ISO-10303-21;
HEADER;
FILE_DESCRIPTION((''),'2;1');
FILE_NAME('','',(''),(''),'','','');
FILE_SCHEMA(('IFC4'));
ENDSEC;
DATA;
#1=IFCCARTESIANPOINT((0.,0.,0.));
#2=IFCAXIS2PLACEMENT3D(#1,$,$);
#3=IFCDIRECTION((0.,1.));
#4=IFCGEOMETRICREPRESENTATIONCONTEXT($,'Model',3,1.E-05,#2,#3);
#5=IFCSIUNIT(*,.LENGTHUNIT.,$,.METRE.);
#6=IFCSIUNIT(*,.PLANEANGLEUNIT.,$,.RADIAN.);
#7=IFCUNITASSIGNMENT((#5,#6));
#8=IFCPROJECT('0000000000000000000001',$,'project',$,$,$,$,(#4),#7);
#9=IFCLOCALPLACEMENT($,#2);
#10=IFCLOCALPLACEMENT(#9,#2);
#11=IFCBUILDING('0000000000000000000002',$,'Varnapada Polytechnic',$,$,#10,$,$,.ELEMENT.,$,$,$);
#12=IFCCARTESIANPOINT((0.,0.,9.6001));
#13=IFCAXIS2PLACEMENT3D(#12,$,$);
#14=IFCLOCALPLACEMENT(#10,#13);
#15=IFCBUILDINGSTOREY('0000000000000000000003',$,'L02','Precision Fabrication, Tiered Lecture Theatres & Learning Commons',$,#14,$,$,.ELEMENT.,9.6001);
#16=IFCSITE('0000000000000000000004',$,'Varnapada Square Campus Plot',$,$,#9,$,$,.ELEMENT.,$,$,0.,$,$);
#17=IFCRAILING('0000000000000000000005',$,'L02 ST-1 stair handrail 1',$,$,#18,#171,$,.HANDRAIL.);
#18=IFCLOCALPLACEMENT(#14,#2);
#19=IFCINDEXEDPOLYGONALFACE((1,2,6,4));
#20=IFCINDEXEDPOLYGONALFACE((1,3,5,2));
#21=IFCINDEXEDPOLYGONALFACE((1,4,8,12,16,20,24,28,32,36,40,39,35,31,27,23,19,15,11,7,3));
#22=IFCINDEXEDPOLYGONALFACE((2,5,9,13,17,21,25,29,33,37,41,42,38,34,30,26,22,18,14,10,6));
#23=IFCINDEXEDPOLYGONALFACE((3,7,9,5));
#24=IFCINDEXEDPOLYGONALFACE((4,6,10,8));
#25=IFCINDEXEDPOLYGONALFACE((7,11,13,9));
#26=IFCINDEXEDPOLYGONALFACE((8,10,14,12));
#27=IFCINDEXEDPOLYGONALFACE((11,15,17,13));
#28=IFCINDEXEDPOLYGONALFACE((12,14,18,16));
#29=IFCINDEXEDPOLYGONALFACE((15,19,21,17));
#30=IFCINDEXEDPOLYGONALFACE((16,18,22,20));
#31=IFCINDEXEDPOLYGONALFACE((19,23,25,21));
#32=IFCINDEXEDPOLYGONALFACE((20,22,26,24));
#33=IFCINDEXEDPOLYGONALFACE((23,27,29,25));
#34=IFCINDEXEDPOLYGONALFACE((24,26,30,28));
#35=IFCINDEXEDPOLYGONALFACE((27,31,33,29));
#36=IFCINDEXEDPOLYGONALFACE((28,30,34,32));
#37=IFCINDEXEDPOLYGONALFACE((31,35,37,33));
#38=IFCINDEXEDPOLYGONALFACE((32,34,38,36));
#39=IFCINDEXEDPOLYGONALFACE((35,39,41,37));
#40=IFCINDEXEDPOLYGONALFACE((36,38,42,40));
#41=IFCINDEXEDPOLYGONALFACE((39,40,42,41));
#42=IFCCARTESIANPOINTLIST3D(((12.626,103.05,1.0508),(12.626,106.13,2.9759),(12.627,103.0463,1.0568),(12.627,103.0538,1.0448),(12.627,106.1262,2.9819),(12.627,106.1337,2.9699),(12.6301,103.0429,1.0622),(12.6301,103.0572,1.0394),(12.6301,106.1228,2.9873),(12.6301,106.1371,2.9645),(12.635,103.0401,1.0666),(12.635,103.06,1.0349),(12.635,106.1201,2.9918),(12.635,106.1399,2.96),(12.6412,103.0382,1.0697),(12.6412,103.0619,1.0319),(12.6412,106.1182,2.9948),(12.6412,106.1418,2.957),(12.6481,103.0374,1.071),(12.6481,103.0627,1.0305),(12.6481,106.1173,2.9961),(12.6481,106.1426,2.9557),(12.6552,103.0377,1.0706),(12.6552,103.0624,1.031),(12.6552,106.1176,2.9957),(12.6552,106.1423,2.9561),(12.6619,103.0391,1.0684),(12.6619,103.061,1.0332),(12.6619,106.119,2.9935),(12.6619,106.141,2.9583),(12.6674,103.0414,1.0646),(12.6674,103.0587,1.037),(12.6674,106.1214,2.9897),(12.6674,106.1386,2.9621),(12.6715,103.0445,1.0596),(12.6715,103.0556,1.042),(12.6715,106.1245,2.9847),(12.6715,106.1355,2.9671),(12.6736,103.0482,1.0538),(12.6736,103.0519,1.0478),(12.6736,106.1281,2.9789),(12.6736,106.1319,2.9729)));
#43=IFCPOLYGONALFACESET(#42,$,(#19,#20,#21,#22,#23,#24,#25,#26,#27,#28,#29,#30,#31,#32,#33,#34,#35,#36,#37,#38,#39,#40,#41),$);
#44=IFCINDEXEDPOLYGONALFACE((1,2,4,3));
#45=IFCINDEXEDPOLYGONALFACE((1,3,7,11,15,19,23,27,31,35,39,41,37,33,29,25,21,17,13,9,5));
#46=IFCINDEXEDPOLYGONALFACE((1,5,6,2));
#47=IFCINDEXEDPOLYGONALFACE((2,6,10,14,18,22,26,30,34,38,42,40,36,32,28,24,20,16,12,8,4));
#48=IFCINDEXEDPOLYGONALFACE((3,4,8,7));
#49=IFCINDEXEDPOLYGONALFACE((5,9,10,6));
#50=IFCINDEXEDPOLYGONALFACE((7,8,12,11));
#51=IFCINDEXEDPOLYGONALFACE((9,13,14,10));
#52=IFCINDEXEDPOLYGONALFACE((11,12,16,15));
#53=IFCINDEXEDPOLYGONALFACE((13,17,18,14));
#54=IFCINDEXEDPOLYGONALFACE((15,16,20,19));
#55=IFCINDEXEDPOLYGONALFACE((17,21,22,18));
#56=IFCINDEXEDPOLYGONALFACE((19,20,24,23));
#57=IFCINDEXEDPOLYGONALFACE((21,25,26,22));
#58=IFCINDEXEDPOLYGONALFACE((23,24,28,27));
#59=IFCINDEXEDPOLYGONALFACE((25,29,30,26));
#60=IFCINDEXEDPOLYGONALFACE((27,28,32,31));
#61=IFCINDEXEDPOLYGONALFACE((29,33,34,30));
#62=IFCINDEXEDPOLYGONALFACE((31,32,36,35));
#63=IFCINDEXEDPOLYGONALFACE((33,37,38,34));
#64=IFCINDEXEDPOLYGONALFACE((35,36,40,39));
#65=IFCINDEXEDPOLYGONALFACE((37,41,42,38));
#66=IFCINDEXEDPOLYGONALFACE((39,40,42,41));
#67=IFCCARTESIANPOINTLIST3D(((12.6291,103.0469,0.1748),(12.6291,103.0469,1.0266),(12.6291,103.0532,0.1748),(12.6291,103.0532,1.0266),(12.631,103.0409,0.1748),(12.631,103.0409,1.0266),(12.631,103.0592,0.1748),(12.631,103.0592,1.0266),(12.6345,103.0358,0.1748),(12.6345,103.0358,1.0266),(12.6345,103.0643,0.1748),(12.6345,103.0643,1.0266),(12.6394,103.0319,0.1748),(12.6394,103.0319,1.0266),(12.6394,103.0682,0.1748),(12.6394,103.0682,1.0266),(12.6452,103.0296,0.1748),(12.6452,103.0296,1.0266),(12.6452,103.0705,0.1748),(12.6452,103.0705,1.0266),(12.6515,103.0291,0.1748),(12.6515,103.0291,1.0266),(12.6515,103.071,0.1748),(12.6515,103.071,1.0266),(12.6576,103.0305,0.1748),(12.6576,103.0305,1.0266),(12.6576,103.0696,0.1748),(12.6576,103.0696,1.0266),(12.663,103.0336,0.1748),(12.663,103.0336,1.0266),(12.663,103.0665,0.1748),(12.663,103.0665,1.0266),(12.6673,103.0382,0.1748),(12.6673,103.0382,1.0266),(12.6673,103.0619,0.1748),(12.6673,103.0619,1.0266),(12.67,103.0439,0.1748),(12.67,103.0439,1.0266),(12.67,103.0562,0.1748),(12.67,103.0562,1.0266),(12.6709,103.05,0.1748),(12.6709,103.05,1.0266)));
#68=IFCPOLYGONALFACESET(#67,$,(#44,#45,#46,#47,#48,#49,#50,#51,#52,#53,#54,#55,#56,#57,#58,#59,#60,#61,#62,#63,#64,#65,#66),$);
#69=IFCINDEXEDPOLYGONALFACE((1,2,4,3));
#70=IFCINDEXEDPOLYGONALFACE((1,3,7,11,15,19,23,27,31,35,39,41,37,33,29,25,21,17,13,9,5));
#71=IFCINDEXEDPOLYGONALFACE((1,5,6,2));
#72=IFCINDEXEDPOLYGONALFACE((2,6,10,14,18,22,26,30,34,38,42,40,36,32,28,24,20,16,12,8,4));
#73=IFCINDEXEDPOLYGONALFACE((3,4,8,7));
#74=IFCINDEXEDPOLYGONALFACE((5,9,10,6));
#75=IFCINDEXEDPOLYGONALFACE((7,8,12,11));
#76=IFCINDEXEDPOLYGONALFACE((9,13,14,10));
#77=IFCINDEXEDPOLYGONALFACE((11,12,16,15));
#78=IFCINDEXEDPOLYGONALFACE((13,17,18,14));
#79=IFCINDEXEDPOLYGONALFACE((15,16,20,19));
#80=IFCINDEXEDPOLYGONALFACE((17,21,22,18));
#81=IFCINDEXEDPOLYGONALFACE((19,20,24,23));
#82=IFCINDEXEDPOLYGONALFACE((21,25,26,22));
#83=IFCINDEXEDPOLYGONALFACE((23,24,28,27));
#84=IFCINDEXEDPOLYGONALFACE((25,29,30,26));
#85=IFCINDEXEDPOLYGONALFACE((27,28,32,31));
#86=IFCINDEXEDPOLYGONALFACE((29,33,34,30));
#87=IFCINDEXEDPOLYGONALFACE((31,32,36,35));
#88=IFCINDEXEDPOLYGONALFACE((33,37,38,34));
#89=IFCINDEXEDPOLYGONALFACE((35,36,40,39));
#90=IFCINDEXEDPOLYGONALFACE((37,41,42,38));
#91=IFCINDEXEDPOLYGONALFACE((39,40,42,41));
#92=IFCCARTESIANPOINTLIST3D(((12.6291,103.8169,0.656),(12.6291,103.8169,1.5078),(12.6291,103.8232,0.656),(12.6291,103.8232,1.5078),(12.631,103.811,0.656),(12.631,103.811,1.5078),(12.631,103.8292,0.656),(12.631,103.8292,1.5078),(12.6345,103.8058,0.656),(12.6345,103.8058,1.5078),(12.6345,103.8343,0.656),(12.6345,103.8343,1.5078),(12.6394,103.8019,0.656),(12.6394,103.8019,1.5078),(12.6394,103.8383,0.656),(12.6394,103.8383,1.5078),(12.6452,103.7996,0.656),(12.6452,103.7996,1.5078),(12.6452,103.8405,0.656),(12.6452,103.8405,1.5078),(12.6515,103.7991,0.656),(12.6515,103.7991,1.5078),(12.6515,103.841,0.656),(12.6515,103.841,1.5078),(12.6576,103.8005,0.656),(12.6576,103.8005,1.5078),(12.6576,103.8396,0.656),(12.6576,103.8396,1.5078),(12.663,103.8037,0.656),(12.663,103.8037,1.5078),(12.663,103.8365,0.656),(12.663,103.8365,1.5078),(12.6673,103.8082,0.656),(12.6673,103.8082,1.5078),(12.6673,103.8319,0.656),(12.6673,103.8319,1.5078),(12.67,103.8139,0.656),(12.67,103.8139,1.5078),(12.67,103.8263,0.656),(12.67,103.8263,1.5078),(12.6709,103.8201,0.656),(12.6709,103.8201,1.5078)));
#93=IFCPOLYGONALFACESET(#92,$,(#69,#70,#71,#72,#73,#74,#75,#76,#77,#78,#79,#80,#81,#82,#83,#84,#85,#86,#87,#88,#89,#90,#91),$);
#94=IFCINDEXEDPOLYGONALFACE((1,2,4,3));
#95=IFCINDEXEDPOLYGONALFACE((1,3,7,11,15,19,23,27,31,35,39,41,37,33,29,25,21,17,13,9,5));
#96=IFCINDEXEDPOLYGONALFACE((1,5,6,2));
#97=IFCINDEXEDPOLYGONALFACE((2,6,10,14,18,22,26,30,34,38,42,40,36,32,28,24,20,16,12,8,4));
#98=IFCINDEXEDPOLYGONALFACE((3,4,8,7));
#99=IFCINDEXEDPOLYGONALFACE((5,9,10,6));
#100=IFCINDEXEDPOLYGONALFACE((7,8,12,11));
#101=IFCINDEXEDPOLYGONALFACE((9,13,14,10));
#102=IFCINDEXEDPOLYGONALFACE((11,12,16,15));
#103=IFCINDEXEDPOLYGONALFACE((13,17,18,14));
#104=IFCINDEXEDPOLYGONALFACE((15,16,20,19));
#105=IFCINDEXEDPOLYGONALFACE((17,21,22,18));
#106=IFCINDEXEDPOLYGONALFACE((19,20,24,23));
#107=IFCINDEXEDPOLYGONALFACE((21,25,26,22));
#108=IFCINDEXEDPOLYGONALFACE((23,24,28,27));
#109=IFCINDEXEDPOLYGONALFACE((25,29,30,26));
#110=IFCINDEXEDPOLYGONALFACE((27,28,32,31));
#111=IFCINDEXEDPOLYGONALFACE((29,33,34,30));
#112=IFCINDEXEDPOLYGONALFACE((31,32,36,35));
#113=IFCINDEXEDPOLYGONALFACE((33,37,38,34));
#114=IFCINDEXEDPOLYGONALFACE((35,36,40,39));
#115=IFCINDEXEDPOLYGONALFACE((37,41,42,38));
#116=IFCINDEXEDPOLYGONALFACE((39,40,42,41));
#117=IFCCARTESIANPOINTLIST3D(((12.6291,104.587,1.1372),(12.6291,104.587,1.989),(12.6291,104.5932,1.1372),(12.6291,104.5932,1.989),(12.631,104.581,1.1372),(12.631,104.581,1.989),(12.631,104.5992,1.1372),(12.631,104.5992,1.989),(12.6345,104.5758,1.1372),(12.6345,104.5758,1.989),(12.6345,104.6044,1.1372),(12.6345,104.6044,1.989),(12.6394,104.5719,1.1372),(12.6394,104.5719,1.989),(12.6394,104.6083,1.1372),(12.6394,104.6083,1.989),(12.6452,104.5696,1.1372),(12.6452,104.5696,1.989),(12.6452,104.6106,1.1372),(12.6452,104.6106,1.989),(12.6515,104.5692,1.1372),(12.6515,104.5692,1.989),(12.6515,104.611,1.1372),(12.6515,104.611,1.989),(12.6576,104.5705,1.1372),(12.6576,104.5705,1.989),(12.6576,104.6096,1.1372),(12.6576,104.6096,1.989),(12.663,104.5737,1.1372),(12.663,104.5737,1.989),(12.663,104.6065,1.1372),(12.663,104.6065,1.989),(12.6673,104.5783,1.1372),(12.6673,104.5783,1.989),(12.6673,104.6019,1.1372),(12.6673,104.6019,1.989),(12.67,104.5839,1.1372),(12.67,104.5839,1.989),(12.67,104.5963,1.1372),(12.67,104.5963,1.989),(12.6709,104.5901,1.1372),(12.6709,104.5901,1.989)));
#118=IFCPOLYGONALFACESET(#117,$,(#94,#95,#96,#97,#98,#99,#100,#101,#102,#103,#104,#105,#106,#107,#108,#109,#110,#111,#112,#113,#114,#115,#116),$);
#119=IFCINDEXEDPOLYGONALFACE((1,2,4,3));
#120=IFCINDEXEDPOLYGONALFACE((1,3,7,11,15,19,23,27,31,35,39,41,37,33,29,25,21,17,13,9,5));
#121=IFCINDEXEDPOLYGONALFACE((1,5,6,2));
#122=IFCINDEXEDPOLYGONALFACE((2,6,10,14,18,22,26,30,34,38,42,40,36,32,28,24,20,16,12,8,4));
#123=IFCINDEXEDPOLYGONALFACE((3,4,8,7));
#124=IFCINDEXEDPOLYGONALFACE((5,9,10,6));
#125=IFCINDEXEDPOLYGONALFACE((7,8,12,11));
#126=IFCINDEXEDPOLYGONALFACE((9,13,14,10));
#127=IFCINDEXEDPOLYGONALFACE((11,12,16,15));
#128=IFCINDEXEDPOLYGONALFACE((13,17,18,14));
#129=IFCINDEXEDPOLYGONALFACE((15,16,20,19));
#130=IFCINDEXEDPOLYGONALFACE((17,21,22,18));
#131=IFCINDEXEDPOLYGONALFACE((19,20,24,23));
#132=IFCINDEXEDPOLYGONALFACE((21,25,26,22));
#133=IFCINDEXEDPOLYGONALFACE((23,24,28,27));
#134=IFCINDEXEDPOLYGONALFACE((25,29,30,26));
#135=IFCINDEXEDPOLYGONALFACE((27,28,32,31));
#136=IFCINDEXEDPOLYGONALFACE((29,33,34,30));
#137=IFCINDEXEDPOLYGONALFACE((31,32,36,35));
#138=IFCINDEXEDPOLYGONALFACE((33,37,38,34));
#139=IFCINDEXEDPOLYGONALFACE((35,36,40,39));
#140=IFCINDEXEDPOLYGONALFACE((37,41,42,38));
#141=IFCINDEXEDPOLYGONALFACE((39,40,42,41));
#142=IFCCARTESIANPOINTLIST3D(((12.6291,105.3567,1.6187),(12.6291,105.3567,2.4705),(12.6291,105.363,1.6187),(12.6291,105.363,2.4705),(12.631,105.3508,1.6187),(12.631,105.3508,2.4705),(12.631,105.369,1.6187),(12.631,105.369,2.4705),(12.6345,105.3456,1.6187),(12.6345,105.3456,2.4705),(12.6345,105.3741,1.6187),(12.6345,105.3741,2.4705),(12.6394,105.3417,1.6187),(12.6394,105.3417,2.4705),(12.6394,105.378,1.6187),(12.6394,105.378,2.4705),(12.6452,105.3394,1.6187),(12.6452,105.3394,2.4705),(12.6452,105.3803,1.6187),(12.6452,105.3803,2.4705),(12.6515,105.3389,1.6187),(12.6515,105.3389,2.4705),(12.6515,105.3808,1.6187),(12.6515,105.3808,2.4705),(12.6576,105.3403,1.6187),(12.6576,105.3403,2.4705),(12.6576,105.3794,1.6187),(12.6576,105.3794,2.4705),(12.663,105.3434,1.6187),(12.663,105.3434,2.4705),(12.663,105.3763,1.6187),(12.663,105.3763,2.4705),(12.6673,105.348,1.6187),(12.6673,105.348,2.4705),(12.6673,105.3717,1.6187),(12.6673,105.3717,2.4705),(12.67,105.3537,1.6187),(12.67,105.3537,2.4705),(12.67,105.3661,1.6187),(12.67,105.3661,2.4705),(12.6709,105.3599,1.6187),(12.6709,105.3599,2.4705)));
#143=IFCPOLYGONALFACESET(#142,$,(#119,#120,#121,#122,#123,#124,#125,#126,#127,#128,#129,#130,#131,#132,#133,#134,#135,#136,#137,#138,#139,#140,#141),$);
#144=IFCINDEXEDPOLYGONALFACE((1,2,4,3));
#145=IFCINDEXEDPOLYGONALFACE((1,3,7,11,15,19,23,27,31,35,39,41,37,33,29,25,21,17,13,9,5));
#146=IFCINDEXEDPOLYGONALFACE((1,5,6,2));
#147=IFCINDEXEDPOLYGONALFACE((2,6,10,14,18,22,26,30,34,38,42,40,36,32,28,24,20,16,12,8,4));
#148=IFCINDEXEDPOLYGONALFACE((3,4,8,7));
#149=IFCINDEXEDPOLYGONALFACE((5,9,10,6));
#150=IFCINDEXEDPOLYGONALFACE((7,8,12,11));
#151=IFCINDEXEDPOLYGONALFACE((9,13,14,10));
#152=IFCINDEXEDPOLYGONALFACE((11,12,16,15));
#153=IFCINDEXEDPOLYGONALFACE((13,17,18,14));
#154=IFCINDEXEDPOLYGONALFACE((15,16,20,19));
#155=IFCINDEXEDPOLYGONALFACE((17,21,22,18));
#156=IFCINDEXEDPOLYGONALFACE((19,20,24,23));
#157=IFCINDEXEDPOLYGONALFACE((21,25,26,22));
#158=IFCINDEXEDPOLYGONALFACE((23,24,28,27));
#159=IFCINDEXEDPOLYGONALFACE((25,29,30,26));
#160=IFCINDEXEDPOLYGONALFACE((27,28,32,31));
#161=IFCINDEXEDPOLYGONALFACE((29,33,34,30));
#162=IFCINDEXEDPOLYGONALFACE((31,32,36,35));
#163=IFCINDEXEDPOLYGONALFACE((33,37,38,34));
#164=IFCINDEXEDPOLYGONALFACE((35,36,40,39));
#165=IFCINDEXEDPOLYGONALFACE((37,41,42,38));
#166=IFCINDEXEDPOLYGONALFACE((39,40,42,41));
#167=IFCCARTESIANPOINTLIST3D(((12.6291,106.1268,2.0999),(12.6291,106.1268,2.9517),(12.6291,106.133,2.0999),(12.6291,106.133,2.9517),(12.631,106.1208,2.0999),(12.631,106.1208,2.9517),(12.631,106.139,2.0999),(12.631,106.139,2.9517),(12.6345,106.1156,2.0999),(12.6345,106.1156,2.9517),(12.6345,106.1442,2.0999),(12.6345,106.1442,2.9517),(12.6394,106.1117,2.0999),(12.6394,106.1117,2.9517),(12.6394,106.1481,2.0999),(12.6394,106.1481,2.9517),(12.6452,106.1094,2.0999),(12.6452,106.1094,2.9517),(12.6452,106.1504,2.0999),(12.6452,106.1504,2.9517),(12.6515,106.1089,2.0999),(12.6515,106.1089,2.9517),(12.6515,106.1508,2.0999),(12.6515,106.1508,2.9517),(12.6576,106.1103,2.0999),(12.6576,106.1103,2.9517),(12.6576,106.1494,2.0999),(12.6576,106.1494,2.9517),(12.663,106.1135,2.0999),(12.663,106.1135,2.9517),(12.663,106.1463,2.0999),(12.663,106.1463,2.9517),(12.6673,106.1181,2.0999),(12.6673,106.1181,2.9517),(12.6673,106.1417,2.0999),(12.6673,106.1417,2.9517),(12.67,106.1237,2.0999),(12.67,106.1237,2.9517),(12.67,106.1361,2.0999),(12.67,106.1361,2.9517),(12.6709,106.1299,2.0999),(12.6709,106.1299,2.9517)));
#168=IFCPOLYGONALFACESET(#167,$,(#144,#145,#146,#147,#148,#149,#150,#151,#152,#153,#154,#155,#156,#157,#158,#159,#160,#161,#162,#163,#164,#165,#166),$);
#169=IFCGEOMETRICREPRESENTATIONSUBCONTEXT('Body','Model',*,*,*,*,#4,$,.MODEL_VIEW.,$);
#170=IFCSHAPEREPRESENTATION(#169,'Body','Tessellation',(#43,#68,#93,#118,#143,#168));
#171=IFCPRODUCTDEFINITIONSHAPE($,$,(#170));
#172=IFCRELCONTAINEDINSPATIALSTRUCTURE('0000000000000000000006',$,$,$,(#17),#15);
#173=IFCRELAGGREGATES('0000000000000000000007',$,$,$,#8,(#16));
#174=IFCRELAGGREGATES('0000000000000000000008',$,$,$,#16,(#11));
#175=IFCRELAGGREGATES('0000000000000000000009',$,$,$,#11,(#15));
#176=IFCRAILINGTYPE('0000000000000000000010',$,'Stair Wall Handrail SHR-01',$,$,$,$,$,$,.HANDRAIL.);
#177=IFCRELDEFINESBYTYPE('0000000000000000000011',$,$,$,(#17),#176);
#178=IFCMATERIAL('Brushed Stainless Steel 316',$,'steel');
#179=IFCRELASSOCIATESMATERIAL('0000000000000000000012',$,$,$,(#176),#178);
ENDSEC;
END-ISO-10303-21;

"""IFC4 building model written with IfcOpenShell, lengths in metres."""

from ifc_helpers import new_model, si_unit, direction, frame, origin, origin_2d, place, context, subcontext, project, spatial, circle, extrude, material, type_object, element, save


model = new_model("IFC4")

# Units and contexts
model_context = context("Model", 3, precision=1e-05, world=origin(), true_north=direction((0.0, 1.0)))
body_context = subcontext(model_context, "Body", "Model", "MODEL_VIEW")
ifc_project = project(units=[si_unit("LENGTHUNIT", "METRE"), si_unit("PLANEANGLEUNIT", "RADIAN")], contexts=[model_context])

# Site, building, storey
site_placement = place(None, origin())
site = spatial("IfcSite", under=ifc_project, at=site_placement, Name="Varnapada Square Campus Plot", CompositionType="ELEMENT", RefElevation=0.0)
building_placement = place(site_placement, origin())
building = spatial("IfcBuilding", under=site, at=building_placement, Name="Varnapada Polytechnic", CompositionType="ELEMENT")
storey_placement = place(building_placement, frame((0.0, 0.0, 9.6001)))
storey = spatial("IfcBuildingStorey", under=building, at=storey_placement, Name="L02", Description="Precision Fabrication, Tiered Lecture Theatres & Learning Commons", CompositionType="ELEMENT", Elevation=9.6001)

# Shared definitions
ifc_material_1 = material(Name="Brushed Stainless Steel 316", Category="steel")

# Railing
railing_type = type_object("IfcRailingType", Name="Stair Wall Handrail SHR-01", PredefinedType="HANDRAIL", material=ifc_material_1)
railing_placement = place(storey_placement, frame((12.6499, 103.05, 0.1748)))
element("IfcRailing", 1, at=railing_placement, inside=storey, type_object=railing_type, Name="L02 ST-1 stair handrail 1", PredefinedType="HANDRAIL", context=body_context, shape_type="SweptSolid", body=[
    extrude(circle(Radius=0.0239, at=origin_2d()), frame((0.0, 0.0, 0.876), z_axis=(0.0, 0.847979, 0.530029), x_axis=(-1.0, 0.0, 0.0)), (0.0, 0.0, 1.0), 3.6321),
    extrude(circle(Radius=0.021, at=origin_2d()), origin(), (0.0, 0.0, 1.0), 0.8518),
    extrude(circle(Radius=0.021, at=origin_2d()), frame((0.0, 0.77, 0.4812)), (0.0, 0.0, 1.0), 0.8518),
    extrude(circle(Radius=0.021, at=origin_2d()), frame((0.0, 1.54, 0.9624)), (0.0, 0.0, 1.0), 0.8518),
    extrude(circle(Radius=0.021, at=origin_2d()), frame((0.0, 2.3098, 1.4438)), (0.0, 0.0, 1.0), 0.8518),
    extrude(circle(Radius=0.021, at=origin_2d()), frame((0.0, 3.0798, 1.925)), (0.0, 0.0, 1.0), 0.8518),
])

save(model, "model.ifc")
